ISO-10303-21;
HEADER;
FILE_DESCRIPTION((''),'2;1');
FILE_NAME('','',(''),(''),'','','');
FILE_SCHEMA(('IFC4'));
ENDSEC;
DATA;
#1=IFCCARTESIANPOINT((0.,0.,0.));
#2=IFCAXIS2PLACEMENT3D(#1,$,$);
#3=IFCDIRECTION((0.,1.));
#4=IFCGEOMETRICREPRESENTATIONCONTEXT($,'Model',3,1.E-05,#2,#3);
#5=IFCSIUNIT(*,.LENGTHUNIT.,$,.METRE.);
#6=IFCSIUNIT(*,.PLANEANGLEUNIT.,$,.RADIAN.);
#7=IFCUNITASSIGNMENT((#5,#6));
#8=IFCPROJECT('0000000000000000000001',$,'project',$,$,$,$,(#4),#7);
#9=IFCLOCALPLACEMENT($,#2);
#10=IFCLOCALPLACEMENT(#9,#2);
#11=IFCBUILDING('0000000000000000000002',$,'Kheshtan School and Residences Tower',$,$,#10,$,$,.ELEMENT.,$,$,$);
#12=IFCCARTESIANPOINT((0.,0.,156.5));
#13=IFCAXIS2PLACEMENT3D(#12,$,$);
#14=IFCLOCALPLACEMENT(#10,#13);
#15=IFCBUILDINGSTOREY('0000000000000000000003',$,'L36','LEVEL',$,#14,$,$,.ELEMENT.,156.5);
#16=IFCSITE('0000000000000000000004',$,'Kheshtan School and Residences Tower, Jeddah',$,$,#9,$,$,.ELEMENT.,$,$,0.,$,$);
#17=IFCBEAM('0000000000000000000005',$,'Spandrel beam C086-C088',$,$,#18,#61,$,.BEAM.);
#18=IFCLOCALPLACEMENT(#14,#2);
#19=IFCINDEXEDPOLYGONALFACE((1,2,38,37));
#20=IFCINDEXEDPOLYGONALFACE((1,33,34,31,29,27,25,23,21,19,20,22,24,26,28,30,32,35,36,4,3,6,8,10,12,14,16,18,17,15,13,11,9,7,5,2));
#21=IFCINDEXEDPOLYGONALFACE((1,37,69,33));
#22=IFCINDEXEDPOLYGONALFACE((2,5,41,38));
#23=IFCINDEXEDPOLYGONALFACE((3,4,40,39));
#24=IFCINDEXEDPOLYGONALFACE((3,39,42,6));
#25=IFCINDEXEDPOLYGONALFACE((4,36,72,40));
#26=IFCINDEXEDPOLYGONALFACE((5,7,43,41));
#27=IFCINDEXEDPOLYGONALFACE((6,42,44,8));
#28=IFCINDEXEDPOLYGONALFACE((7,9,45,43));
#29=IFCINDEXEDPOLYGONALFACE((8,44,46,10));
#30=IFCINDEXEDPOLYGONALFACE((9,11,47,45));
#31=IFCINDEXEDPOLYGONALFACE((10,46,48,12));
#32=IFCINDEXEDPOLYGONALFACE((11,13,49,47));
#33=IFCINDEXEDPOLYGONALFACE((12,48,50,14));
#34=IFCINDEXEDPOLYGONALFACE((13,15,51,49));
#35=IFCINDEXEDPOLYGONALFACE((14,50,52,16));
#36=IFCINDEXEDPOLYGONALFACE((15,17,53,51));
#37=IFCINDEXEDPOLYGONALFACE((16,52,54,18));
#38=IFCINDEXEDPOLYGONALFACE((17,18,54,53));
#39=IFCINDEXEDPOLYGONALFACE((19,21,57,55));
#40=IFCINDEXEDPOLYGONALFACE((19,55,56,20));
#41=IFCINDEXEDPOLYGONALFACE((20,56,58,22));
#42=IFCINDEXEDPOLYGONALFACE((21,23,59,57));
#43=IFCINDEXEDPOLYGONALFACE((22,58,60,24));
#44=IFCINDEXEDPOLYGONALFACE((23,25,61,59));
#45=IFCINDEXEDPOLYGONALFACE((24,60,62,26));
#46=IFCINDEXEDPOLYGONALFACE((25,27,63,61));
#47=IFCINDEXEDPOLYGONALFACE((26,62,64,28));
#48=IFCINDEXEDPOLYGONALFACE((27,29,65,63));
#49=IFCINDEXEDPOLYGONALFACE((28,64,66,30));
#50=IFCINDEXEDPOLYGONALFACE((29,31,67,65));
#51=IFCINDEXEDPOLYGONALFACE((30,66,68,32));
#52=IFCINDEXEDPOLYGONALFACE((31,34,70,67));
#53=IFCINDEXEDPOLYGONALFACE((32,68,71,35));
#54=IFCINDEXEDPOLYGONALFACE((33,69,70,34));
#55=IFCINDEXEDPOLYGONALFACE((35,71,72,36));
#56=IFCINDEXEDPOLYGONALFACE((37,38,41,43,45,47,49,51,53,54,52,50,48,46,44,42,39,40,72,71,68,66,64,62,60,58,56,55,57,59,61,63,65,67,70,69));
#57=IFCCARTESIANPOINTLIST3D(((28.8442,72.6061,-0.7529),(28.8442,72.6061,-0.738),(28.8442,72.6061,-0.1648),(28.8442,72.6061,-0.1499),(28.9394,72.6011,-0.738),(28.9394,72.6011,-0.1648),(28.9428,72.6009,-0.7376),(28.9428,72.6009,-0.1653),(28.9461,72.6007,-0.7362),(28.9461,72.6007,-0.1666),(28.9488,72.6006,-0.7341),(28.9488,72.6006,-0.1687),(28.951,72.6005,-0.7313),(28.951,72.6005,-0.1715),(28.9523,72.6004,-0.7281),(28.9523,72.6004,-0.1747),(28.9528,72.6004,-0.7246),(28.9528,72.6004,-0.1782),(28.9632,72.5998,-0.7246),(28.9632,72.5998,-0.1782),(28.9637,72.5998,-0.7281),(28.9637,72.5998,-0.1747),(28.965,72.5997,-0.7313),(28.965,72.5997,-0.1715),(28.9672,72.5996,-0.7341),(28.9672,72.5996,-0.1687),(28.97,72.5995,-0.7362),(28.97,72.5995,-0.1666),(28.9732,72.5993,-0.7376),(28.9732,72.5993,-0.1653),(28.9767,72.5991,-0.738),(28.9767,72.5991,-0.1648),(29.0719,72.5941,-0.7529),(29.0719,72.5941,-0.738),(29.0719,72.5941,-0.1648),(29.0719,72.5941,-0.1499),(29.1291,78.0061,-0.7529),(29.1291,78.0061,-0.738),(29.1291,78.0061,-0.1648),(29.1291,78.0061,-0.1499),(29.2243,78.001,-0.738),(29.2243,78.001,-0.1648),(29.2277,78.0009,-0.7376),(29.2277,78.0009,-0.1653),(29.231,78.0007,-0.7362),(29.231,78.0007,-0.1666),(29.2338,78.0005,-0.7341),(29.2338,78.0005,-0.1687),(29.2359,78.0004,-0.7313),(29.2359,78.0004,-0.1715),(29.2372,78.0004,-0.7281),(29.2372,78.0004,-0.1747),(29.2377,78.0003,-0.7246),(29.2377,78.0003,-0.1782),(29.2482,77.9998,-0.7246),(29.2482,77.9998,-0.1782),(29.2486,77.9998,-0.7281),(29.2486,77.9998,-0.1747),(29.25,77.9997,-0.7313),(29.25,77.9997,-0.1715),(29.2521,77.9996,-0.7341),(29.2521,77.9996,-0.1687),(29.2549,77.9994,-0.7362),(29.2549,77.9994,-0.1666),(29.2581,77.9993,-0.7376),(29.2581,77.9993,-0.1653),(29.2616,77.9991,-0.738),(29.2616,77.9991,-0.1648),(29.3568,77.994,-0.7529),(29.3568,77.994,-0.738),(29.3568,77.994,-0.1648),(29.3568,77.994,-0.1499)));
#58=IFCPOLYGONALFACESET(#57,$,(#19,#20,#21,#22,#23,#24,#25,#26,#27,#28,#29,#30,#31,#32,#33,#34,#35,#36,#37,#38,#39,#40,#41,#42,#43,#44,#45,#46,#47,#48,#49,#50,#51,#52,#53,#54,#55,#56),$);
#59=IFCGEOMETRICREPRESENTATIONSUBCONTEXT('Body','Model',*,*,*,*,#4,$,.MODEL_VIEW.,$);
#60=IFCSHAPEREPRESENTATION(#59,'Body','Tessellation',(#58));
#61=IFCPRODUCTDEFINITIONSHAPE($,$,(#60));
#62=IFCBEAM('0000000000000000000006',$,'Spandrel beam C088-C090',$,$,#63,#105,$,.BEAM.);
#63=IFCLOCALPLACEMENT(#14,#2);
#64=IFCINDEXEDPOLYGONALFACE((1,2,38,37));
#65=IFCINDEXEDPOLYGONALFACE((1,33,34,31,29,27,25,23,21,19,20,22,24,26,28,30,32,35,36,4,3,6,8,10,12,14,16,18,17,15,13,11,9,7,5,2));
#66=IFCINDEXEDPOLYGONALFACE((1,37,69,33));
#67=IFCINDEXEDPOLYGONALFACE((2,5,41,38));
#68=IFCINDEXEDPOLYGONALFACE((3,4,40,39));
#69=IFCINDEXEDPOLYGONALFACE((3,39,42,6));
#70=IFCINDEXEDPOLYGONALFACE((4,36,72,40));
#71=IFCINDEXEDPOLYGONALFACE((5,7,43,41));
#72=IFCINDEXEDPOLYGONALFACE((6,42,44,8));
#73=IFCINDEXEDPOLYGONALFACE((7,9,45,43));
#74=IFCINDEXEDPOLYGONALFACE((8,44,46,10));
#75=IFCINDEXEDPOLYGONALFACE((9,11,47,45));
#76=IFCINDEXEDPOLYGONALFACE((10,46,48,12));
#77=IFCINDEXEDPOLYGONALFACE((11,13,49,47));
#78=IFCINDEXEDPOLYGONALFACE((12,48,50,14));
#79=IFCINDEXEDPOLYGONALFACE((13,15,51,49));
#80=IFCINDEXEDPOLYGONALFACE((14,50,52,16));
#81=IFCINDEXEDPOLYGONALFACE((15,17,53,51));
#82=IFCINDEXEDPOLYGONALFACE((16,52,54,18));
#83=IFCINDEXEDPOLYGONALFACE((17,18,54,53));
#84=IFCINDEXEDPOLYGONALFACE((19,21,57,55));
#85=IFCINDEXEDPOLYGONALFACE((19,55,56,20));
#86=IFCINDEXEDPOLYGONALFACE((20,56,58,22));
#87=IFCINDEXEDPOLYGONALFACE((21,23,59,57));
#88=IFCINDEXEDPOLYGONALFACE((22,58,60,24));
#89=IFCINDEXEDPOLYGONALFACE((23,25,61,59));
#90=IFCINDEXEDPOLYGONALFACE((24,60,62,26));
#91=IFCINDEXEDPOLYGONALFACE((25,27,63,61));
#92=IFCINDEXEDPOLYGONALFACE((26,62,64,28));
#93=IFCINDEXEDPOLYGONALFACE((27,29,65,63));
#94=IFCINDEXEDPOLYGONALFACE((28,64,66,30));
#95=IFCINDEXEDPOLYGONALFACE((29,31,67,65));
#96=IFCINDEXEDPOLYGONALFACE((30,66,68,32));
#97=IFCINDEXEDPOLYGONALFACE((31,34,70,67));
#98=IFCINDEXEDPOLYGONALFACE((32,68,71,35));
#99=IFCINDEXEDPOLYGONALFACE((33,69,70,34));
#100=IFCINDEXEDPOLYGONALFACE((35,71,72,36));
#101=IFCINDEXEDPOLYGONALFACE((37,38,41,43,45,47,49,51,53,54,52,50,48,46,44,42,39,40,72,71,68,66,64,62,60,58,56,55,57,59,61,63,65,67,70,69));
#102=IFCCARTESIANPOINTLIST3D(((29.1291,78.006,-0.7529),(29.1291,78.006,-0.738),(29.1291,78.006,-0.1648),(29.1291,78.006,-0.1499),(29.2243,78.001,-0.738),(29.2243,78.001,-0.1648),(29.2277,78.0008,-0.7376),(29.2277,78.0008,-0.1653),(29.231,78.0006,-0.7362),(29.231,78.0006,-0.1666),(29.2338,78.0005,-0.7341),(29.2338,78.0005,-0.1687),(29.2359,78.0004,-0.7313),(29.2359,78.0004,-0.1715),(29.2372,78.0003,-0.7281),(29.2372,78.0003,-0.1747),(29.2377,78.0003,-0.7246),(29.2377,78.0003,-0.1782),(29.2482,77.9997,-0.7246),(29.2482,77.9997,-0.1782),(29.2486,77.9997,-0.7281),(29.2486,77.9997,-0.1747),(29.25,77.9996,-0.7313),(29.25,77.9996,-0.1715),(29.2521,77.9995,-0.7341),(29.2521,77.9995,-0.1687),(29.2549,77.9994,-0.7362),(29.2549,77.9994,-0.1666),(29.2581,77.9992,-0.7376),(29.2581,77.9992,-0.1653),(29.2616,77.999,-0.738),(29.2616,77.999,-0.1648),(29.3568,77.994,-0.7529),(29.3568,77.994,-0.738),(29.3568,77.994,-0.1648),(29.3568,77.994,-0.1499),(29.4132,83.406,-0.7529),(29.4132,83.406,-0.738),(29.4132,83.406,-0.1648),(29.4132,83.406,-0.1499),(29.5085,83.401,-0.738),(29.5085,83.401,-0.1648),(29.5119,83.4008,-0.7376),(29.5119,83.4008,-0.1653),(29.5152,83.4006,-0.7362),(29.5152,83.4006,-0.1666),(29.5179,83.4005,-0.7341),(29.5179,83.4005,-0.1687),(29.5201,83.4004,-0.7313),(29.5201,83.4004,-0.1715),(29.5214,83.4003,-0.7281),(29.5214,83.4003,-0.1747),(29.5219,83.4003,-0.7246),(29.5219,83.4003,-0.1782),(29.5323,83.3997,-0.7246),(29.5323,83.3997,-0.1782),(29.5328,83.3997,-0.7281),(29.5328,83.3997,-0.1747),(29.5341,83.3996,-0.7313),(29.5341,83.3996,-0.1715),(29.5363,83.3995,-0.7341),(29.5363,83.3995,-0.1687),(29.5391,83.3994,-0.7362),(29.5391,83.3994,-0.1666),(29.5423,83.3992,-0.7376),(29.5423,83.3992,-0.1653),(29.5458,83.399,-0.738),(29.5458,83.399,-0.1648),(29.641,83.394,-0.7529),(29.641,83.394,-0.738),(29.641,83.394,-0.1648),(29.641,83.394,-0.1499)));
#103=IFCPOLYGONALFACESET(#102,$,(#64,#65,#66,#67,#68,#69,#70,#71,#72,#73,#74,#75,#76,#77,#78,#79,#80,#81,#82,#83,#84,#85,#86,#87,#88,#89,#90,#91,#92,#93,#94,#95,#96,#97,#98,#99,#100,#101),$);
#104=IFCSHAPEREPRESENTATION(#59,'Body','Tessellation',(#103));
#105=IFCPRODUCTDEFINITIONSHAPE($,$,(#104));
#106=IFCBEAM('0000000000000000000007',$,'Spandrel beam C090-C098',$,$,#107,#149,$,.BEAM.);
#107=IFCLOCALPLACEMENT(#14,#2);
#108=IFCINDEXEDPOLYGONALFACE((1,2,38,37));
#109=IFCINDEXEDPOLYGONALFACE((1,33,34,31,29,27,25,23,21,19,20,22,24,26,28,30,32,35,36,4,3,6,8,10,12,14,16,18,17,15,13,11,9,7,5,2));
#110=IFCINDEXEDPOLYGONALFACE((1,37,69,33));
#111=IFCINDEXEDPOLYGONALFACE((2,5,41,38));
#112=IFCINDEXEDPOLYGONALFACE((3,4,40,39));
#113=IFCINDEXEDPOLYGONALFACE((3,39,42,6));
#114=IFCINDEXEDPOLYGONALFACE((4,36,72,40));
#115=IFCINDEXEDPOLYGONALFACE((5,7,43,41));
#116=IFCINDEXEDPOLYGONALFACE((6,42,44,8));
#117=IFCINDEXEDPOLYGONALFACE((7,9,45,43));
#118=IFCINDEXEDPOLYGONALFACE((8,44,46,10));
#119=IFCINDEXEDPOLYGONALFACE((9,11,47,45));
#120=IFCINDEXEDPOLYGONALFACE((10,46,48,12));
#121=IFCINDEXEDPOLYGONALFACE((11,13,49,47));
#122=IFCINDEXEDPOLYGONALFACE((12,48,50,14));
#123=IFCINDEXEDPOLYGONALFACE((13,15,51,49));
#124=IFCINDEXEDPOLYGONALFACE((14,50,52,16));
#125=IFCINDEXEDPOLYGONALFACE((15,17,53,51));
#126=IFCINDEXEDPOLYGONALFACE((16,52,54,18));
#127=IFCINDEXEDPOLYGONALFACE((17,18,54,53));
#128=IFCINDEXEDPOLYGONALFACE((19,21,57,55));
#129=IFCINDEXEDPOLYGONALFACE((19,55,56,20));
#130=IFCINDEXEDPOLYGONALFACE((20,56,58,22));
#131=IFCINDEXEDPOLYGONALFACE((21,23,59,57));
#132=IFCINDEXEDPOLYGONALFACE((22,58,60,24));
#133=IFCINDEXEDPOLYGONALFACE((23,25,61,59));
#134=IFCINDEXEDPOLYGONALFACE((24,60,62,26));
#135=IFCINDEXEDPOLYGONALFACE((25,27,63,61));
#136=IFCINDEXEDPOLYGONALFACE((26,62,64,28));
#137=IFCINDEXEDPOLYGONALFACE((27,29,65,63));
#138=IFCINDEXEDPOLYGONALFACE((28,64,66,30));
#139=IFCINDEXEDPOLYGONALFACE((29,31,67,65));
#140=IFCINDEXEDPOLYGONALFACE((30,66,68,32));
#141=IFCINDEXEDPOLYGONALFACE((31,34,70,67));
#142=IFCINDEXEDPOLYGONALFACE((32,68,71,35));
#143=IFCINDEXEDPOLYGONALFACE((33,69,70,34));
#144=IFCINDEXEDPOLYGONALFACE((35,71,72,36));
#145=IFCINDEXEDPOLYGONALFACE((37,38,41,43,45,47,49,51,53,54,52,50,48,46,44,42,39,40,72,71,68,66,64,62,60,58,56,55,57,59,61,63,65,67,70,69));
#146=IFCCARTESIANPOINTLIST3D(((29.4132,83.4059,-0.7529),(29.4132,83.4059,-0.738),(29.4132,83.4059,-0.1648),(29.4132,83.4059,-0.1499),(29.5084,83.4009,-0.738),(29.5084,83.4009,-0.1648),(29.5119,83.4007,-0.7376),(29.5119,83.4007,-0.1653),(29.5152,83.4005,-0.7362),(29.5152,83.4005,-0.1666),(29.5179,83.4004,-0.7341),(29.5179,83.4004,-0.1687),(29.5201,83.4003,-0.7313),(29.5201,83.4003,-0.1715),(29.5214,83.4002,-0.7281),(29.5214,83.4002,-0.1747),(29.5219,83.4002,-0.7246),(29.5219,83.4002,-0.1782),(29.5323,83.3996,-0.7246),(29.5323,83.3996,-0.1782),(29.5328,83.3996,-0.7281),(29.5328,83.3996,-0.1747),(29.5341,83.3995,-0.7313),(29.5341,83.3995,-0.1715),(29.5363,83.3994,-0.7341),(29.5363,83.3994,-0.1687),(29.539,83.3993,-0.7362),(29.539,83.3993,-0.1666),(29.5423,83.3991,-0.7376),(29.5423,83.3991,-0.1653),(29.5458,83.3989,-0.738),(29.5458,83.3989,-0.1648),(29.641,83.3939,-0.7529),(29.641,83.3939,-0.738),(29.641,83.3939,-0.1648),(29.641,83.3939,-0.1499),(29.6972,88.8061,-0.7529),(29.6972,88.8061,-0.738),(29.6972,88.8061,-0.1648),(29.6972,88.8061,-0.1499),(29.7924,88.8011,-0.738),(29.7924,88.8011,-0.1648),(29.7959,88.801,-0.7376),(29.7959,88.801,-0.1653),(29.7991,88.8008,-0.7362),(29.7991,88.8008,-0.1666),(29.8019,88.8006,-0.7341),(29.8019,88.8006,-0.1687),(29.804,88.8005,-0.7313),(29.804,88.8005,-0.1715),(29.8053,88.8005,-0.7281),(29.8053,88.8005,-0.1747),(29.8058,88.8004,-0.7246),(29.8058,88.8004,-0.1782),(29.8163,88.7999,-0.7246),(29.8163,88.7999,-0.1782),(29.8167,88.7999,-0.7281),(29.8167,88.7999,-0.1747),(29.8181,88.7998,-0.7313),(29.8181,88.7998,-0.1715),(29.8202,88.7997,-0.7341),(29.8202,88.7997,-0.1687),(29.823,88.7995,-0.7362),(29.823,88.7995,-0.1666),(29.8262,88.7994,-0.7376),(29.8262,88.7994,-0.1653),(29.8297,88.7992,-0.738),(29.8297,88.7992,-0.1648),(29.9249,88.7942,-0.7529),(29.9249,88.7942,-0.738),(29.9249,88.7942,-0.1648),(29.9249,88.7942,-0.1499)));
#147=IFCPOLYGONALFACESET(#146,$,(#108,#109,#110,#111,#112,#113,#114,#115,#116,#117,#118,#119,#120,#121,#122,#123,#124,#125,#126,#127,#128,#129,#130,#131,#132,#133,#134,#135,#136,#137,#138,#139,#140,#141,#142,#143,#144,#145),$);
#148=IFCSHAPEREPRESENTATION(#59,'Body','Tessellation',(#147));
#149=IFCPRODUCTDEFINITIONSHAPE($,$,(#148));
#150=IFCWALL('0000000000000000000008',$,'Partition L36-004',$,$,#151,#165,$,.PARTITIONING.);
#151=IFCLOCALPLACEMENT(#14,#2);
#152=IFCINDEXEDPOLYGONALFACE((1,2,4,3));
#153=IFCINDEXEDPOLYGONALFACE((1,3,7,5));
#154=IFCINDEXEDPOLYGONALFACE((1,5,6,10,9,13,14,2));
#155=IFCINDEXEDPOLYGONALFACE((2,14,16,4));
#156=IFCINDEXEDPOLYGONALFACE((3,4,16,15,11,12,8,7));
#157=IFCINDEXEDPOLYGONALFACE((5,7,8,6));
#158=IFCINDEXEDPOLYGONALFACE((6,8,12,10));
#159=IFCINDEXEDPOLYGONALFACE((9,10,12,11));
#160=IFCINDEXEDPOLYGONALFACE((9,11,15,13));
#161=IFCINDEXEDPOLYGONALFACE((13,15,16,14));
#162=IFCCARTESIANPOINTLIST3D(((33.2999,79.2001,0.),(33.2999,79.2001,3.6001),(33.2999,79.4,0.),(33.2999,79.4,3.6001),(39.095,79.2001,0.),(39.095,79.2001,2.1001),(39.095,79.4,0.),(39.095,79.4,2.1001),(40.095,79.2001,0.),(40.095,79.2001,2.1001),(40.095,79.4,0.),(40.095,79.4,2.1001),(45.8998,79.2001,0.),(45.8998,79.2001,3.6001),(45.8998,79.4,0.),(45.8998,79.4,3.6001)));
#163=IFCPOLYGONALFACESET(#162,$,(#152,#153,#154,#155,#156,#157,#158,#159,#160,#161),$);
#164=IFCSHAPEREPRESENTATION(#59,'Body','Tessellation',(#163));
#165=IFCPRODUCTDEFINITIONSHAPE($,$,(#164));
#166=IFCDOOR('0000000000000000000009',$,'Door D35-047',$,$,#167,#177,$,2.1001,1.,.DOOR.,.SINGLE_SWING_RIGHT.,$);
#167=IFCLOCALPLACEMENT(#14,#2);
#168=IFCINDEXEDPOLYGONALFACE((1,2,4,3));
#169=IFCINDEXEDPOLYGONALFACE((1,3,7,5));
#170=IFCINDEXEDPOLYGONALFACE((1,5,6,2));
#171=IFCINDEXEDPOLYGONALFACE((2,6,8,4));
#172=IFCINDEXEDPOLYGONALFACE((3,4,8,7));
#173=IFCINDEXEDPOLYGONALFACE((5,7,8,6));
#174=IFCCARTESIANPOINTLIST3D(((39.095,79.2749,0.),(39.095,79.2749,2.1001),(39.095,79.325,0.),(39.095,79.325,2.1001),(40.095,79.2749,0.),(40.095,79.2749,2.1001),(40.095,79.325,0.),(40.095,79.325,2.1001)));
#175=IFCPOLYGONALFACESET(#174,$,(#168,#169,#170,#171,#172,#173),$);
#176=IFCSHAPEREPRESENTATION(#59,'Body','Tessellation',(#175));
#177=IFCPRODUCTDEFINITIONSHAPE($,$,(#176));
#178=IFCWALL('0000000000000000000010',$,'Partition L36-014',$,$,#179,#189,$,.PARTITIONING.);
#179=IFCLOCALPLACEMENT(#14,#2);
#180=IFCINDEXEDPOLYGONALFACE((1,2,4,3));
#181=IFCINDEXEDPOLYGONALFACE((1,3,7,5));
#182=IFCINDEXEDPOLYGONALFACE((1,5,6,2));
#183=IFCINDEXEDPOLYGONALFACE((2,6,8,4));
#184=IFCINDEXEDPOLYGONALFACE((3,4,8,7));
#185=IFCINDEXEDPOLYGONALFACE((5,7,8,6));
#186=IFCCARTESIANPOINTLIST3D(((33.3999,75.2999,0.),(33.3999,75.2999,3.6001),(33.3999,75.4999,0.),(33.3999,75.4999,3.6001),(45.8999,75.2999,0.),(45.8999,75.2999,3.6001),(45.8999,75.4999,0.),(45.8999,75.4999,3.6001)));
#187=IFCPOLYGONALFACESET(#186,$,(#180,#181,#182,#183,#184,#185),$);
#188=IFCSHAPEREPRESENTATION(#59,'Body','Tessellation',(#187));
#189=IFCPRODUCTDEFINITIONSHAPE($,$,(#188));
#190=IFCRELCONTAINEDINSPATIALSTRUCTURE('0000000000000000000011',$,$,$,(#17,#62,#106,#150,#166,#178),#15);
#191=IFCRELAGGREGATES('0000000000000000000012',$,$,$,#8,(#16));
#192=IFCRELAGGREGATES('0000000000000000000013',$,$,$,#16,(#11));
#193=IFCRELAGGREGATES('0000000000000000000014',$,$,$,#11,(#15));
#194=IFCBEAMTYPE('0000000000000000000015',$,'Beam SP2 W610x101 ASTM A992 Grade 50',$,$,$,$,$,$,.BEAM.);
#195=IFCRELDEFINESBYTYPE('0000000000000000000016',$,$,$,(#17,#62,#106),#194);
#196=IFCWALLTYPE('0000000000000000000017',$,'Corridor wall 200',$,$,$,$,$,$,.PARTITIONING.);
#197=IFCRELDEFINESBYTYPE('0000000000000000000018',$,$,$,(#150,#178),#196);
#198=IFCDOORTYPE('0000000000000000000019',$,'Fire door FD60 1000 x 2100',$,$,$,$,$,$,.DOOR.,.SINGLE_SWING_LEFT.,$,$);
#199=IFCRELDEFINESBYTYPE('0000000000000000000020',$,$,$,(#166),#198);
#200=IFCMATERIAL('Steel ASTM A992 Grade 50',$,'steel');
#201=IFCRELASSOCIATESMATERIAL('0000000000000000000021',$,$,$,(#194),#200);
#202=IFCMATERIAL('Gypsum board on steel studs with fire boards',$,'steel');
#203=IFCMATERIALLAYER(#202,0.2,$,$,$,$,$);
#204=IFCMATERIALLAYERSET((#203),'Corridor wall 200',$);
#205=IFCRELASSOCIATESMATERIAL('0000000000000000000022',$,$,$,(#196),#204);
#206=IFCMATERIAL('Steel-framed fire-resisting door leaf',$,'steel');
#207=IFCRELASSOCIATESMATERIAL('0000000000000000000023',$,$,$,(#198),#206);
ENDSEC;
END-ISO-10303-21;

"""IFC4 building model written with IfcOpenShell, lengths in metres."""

from ifc_helpers import new_model, si_unit, direction, frame, frame_2d, origin, origin_2d, place, context, subcontext, project, spatial, rectangle, i_section, extrude, source, transform, mapped, material, layer, layer_set, material_profile, profile_set, type_object, element, fill, save


model = new_model("IFC4")

# Units and contexts
model_context = context("Model", 3, precision=1e-05, world=origin(), true_north=direction((0.0, 1.0)))
body_context = subcontext(model_context, "Body", "Model", "MODEL_VIEW")
ifc_project = project(units=[si_unit("LENGTHUNIT", "METRE"), si_unit("PLANEANGLEUNIT", "RADIAN")], contexts=[model_context])

# Site, building, storey
site_placement = place(None, origin())
site = spatial("IfcSite", under=ifc_project, at=site_placement, Name="Kheshtan School and Residences Tower, Jeddah", CompositionType="ELEMENT", RefElevation=0.0)
building_placement = place(site_placement, origin())
building = spatial("IfcBuilding", under=site, at=building_placement, Name="Kheshtan School and Residences Tower", CompositionType="ELEMENT")
storey_placement = place(building_placement, frame((0.0, 0.0, 156.5)))
storey = spatial("IfcBuildingStorey", under=building, at=storey_placement, Name="L36", Description="LEVEL", CompositionType="ELEMENT", Elevation=156.5)

# Shared definitions
ifc_material_1 = material(Name="Steel ASTM A992 Grade 50", Category="steel")

# Beams
ifc_material_profile_1 = material_profile(ifc_material_1, i_section(OverallWidth=0.228, OverallDepth=0.603, WebThickness=0.0105, FlangeThickness=0.0149, FilletRadius=0.0134, at=origin_2d()), Name="W610x101")
ifc_profile_set_1 = profile_set([ifc_material_profile_1], Name="Steel ASTM A992 Grade 50")
beam_type_1 = type_object("IfcBeamType", Name="Beam SP2 W610x101 ASTM A992 Grade 50", PredefinedType="BEAM", material=ifc_profile_set_1)
for number, where, z_axis, x_axis, name in (
    (1, (28.958, 72.6001, -0.4514), (0.052689, 0.998611, 0.0), (-0.998611, 0.052689, 0.0), "Spandrel beam C086-C088"),
    (2, (29.2429, 78.0, -0.4514), (0.052554, 0.998618, 0.0), (-0.998618, 0.052554, 0.0), "Spandrel beam C088-C090"),
):
    element("IfcBeam", number, at=place(storey_placement, frame(where, z_axis=z_axis, x_axis=x_axis)), inside=storey, type_object=beam_type_1, Name=name, PredefinedType="BEAM", context=body_context, shape_type="SweptSolid", body=[
        extrude(i_section(OverallWidth=0.228, OverallDepth=0.603, WebThickness=0.0105, FlangeThickness=0.0149, FilletRadius=0.0134, at=origin_2d()), origin(), (0.0, 0.0, 1.0), 5.4075),
    ])
beam_1_placement = place(storey_placement, frame((29.5271, 83.3999, -0.4514), z_axis=(0.052507, 0.998621, 0.0), x_axis=(-0.998621, 0.052507, 0.0)))
element("IfcBeam", 3, at=beam_1_placement, inside=storey, type_object=beam_type_1, Name="Spandrel beam C090-C098", PredefinedType="BEAM", context=body_context, shape_type="SweptSolid", body=[
    extrude(i_section(OverallWidth=0.228, OverallDepth=0.603, WebThickness=0.0105, FlangeThickness=0.0149, FilletRadius=0.0134, at=origin_2d()), origin(), (0.0, 0.0, 1.0), 5.4077),
])

# Wall, opening, door
ifc_material_2 = material(Name="Gypsum board on steel studs with fire boards", Category="steel")
ifc_layer_1 = layer(ifc_material_2, 0.2)
ifc_layer_set_1 = layer_set([ifc_layer_1], Name="Corridor wall 200")
wall_type_1 = type_object("IfcWallType", Name="Corridor wall 200", PredefinedType="PARTITIONING", material=ifc_layer_set_1)
wall_1_placement = place(storey_placement, frame((33.3, 79.3, 0.0), z_axis=(0.0, 0.0, 1.0), x_axis=(1.0, 0.0, 0.0)))
wall_1 = element("IfcWall", 4, at=wall_1_placement, inside=storey, type_object=wall_type_1, Name="Partition L36-004", PredefinedType="PARTITIONING", context=body_context, shape_type="SweptSolid", body=[
    extrude(rectangle(XDim=12.5999, YDim=0.2, at=frame_2d((6.2998, 0.0))), origin(), (0.0, 0.0, 1.0), 3.6001),
])
opening_1_placement = place(wall_1_placement, frame((5.7949, 0.0, 0.0)))
opening_1 = element("IfcOpeningElement", 5, at=opening_1_placement, cuts=wall_1, PredefinedType="OPENING", context=body_context, shape_type="SweptSolid", body=[
    extrude(rectangle(XDim=1.0, YDim=2.1001, at=frame_2d((0.5, 1.05))), frame((0.0, 0.1099, 0.0), z_axis=(0.0, -1.0, 0.0), x_axis=(1.0, 0.0, 0.0)), (0.0, 0.0, 1.0), 0.22),
])
ifc_material_3 = material(Name="Steel-framed fire-resisting door leaf", Category="steel")
door_type_1 = type_object("IfcDoorType", Name="Fire door FD60 1000 x 2100", OperationType="SINGLE_SWING_LEFT", PredefinedType="DOOR", material=ifc_material_3)
shared_shape_1 = source(origin(), body_context, "Body", "SweptSolid", [
    extrude(rectangle(XDim=1.0, YDim=2.1001, at=frame_2d((0.5, 1.05))), frame((0.0, 0.0249, 0.0), z_axis=(0.0, -1.0, 0.0), x_axis=(1.0, 0.0, 0.0)), (0.0, 0.0, 1.0), 0.05),
])
door_1_placement = place(opening_1_placement, origin())
door_1 = element("IfcDoor", 6, at=door_1_placement, inside=storey, type_object=door_type_1, Name="Door D35-047", OperationType="SINGLE_SWING_RIGHT", OverallHeight=2.1001, OverallWidth=1.0, PredefinedType="DOOR", context=body_context, shape_type="MappedRepresentation", body=[
    mapped(shared_shape_1, transform((0.0, 0.0, 0.0), x_axis=(1.0, 0.0, 0.0), y_axis=(0.0, 1.0, 0.0), z_axis=(0.0, 0.0, 1.0), scale=1.0)),
])
fill(opening_1, door_1)

# Wall
wall_2_placement = place(storey_placement, frame((33.3999, 75.3999, 0.0), z_axis=(0.0, 0.0, 1.0), x_axis=(1.0, 0.0, 0.0)))
element("IfcWall", 7, at=wall_2_placement, inside=storey, type_object=wall_type_1, Name="Partition L36-014", PredefinedType="PARTITIONING", context=body_context, shape_type="SweptSolid", body=[
    extrude(rectangle(XDim=12.5, YDim=0.2, at=frame_2d((6.25, 0.0))), origin(), (0.0, 0.0, 1.0), 3.6001),
])

save(model, "model.ifc")
